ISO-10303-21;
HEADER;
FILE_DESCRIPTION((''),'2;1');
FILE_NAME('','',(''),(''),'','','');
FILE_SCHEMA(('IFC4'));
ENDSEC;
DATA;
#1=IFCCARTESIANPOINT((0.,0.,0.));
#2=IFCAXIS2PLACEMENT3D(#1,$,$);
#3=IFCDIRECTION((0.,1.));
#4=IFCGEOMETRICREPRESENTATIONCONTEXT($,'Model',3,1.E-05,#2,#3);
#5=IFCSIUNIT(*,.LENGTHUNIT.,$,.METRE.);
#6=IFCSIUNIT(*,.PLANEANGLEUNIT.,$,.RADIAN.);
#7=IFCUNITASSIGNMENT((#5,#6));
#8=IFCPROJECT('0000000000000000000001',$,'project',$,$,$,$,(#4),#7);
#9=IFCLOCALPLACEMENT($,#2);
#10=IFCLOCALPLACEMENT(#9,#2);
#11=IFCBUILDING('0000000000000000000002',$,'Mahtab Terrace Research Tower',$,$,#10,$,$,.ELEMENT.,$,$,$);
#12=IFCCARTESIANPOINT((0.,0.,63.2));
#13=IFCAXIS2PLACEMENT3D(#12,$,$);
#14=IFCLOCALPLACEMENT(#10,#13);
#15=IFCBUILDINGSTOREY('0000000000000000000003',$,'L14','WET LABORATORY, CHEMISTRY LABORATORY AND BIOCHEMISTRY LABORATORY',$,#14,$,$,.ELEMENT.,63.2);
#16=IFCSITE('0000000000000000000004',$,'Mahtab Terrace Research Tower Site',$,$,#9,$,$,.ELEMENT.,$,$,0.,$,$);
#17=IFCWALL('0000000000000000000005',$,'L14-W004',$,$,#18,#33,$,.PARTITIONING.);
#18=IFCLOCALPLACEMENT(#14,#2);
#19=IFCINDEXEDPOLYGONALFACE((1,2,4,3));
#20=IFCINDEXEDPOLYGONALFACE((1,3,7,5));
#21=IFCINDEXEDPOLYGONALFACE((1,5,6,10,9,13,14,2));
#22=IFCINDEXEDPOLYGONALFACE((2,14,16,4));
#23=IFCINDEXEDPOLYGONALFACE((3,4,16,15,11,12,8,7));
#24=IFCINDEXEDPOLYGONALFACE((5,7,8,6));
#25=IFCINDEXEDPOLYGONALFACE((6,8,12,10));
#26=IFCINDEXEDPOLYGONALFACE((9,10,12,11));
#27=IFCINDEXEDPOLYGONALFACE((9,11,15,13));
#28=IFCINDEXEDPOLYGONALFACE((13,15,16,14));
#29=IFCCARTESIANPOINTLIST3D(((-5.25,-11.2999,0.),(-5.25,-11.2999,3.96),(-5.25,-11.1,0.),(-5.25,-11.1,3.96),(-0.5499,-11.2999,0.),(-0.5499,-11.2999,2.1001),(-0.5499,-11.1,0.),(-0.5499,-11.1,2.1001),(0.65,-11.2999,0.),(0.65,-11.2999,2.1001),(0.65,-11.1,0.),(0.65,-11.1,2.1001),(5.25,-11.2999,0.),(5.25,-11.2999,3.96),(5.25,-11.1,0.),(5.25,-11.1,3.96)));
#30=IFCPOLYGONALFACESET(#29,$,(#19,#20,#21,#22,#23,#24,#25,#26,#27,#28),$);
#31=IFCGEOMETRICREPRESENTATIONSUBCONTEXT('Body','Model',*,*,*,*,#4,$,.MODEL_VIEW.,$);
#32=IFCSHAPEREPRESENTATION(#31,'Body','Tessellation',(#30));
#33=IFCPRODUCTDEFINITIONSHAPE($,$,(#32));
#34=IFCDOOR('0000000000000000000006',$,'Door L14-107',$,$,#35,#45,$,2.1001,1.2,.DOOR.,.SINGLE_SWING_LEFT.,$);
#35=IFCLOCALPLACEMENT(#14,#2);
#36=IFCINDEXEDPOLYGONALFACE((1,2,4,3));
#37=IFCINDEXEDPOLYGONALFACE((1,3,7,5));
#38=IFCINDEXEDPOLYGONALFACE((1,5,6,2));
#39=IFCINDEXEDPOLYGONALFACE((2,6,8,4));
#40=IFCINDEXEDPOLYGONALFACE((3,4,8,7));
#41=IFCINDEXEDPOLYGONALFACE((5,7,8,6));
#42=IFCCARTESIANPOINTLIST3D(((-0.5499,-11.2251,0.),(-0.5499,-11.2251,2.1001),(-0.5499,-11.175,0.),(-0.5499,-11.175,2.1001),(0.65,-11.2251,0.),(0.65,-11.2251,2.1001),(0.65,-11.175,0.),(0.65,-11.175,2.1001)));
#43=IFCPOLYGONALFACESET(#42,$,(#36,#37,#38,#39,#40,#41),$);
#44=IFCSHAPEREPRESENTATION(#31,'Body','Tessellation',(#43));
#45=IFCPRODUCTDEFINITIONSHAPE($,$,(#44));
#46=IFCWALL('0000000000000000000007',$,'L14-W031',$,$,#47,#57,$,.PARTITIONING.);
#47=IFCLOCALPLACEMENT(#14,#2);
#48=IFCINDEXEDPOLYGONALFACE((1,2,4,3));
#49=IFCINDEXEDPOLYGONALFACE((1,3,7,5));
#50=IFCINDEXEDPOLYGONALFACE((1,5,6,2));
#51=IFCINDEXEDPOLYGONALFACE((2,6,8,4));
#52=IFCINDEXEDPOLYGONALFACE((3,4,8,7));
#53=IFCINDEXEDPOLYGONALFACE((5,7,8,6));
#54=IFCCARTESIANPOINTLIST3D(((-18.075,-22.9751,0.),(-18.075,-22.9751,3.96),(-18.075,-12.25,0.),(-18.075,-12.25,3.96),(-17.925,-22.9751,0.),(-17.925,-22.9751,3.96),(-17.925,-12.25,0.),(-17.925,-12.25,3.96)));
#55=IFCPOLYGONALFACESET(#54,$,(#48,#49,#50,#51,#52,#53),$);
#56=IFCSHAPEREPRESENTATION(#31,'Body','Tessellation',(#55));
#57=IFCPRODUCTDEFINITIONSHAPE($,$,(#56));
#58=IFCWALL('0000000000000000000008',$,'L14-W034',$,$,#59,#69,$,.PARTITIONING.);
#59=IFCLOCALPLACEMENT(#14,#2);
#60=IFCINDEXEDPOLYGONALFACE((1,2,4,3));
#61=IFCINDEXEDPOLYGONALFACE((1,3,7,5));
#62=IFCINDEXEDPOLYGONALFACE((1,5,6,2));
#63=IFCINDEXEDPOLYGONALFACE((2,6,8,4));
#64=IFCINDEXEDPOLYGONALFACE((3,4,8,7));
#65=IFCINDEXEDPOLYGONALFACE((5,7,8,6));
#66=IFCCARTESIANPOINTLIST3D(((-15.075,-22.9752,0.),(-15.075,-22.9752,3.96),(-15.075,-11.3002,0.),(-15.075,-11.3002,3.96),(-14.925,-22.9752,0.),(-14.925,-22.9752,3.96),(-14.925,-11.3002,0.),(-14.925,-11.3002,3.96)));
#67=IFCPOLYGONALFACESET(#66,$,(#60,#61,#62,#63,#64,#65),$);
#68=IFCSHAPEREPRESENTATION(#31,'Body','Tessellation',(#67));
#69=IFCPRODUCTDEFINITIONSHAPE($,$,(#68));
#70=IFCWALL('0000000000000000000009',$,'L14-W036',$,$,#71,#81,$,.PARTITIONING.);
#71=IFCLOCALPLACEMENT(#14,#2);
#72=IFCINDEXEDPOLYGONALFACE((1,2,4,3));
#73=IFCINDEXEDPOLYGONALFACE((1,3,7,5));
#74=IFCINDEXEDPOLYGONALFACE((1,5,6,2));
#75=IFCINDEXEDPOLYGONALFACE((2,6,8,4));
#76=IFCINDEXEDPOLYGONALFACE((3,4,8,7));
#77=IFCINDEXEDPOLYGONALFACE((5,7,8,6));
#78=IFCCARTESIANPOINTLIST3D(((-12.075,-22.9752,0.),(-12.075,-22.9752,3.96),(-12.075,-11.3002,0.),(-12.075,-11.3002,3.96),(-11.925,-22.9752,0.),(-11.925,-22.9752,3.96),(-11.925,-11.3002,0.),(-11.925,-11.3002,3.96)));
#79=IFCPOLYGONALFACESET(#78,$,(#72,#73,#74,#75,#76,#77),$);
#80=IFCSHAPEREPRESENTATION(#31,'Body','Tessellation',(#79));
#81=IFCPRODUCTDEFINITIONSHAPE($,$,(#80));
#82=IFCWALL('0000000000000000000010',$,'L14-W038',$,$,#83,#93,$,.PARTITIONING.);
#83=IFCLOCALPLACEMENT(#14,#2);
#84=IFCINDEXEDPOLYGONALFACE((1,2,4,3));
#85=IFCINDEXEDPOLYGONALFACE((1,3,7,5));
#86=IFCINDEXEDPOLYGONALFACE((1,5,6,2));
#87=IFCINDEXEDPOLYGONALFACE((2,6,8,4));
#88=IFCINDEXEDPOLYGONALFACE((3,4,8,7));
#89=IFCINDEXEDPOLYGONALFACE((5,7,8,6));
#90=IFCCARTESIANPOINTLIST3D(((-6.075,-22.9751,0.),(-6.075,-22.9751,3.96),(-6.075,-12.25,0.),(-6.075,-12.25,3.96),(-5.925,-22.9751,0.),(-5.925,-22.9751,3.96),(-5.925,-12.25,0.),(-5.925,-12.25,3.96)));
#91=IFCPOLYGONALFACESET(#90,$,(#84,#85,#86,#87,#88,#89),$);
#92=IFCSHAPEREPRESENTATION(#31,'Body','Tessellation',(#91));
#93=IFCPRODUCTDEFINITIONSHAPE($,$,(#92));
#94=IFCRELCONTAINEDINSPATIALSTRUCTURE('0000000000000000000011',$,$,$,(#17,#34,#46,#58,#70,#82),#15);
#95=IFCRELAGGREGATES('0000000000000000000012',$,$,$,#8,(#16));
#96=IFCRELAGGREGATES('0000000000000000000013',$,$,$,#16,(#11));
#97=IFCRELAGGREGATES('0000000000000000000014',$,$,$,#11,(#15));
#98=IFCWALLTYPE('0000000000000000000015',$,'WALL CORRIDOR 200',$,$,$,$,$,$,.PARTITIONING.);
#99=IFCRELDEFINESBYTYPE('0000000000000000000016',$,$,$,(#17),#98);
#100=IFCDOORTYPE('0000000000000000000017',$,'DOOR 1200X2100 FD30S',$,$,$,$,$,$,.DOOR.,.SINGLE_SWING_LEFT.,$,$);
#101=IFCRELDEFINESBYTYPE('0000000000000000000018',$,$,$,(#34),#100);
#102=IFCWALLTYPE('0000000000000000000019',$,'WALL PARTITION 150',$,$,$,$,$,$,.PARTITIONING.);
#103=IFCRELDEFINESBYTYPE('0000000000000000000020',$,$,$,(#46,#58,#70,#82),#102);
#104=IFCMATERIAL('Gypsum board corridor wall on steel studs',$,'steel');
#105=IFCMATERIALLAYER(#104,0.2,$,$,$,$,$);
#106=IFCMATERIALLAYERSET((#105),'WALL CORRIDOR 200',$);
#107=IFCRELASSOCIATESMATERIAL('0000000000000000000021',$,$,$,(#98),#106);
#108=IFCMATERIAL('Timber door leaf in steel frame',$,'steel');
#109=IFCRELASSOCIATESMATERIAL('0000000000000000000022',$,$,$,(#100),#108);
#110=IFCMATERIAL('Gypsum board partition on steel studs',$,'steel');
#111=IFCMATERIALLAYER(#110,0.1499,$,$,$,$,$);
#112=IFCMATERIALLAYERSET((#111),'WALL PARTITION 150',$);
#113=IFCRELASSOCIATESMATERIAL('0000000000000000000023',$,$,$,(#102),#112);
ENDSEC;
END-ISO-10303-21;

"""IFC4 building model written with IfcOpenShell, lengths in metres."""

from ifc_helpers import new_model, si_unit, direction, frame, frame_2d, origin, place, context, subcontext, project, spatial, rectangle, extrude, material, layer, layer_set, type_object, element, fill, save


model = new_model("IFC4")

# Units and contexts
model_context = context("Model", 3, precision=1e-05, world=origin(), true_north=direction((0.0, 1.0)))
body_context = subcontext(model_context, "Body", "Model", "MODEL_VIEW")
ifc_project = project(units=[si_unit("LENGTHUNIT", "METRE"), si_unit("PLANEANGLEUNIT", "RADIAN")], contexts=[model_context])

# Site, building, storey
site_placement = place(None, origin())
site = spatial("IfcSite", under=ifc_project, at=site_placement, Name="Mahtab Terrace Research Tower Site", CompositionType="ELEMENT", RefElevation=0.0)
building_placement = place(site_placement, origin())
building = spatial("IfcBuilding", under=site, at=building_placement, Name="Mahtab Terrace Research Tower", CompositionType="ELEMENT")
storey_placement = place(building_placement, frame((0.0, 0.0, 63.2)))
storey = spatial("IfcBuildingStorey", under=building, at=storey_placement, Name="L14", Description="WET LABORATORY, CHEMISTRY LABORATORY AND BIOCHEMISTRY LABORATORY", CompositionType="ELEMENT", Elevation=63.2)

# Shared definitions
ifc_material_1 = material(Name="Timber door leaf in steel frame", Category="steel")

# Shared definitions
ifc_material_2 = material(Name="Gypsum board corridor wall on steel studs", Category="steel")
ifc_layer_1 = layer(ifc_material_2, 0.2)
ifc_layer_set_1 = layer_set([ifc_layer_1], Name="WALL CORRIDOR 200")
wall_type_1 = type_object("IfcWallType", Name="WALL CORRIDOR 200", PredefinedType="PARTITIONING", material=ifc_layer_set_1)
door_type_1 = type_object("IfcDoorType", Name="DOOR 1200X2100 FD30S", OperationType="SINGLE_SWING_LEFT", PredefinedType="DOOR", material=ifc_material_1)

# Wall, opening, door
wall_1_placement = place(storey_placement, frame((-5.25, -11.2, 0.0), z_axis=(0.0, 0.0, 1.0), x_axis=(1.0, 0.0, 0.0)))
wall_1 = element("IfcWall", 1, at=wall_1_placement, inside=storey, type_object=wall_type_1, Name="L14-W004", PredefinedType="PARTITIONING", context=body_context, shape_type="SweptSolid", body=[
    extrude(rectangle(XDim=10.5, YDim=0.2, at=frame_2d((5.25, 0.0))), origin(), (0.0, 0.0, 1.0), 3.96),
])
opening_1_placement = place(wall_1_placement, frame((4.7, 0.0, 0.0)))
opening_1 = element("IfcOpeningElement", 2, at=opening_1_placement, cuts=wall_1, PredefinedType="OPENING", context=body_context, shape_type="SweptSolid", body=[
    extrude(rectangle(XDim=1.2, YDim=2.1001, at=frame_2d((0.6001, 1.05))), frame((0.0, 0.1099, 0.0), z_axis=(0.0, -1.0, 0.0), x_axis=(1.0, 0.0, 0.0)), (0.0, 0.0, 1.0), 0.22),
])
door_1_placement = place(opening_1_placement, origin())
door_1 = element("IfcDoor", 3, at=door_1_placement, inside=storey, type_object=door_type_1, Name="Door L14-107", OperationType="SINGLE_SWING_LEFT", OverallHeight=2.1001, OverallWidth=1.2, PredefinedType="DOOR", context=body_context, shape_type="SweptSolid", body=[
    extrude(rectangle(XDim=1.2, YDim=2.1001, at=frame_2d((0.6001, 1.05))), frame((0.0, 0.0249, 0.0), z_axis=(0.0, -1.0, 0.0), x_axis=(1.0, 0.0, 0.0)), (0.0, 0.0, 1.0), 0.05),
])
fill(opening_1, door_1)

# Walls
ifc_material_3 = material(Name="Gypsum board partition on steel studs", Category="steel")
ifc_layer_2 = layer(ifc_material_3, 0.1499)
ifc_layer_set_2 = layer_set([ifc_layer_2], Name="WALL PARTITION 150")
wall_type_2 = type_object("IfcWallType", Name="WALL PARTITION 150", PredefinedType="PARTITIONING", material=ifc_layer_set_2)
wall_2_placement = place(storey_placement, frame((-18.0, -22.9751, 0.0), z_axis=(0.0, 0.0, 1.0), x_axis=(0.0, 1.0, 0.0)))
element("IfcWall", 4, at=wall_2_placement, inside=storey, type_object=wall_type_2, Name="L14-W031", PredefinedType="PARTITIONING", context=body_context, shape_type="SweptSolid", body=[
    extrude(rectangle(XDim=10.7251, YDim=0.1499, at=frame_2d((5.3625, 0.0))), origin(), (0.0, 0.0, 1.0), 3.96),
])
for number, where, z_axis, x_axis, name in (
    (5, (-15.0, -22.9751, 0.0), (0.0, 0.0, 1.0), (0.0, 1.0, 0.0), "L14-W034"),
    (6, (-12.0, -22.9751, 0.0), (0.0, 0.0, 1.0), (0.0, 1.0, 0.0), "L14-W036"),
):
    element("IfcWall", number, at=place(storey_placement, frame(where, z_axis=z_axis, x_axis=x_axis)), inside=storey, type_object=wall_type_2, Name=name, PredefinedType="PARTITIONING", context=body_context, shape_type="SweptSolid", body=[
        extrude(rectangle(XDim=11.675, YDim=0.1499, at=frame_2d((5.8374, 0.0))), origin(), (0.0, 0.0, 1.0), 3.96),
    ])
wall_3_placement = place(storey_placement, frame((-6.0, -22.9751, 0.0), z_axis=(0.0, 0.0, 1.0), x_axis=(0.0, 1.0, 0.0)))
element("IfcWall", 7, at=wall_3_placement, inside=storey, type_object=wall_type_2, Name="L14-W038", PredefinedType="PARTITIONING", context=body_context, shape_type="SweptSolid", body=[
    extrude(rectangle(XDim=10.7251, YDim=0.1499, at=frame_2d((5.3625, 0.0))), origin(), (0.0, 0.0, 1.0), 3.96),
])

save(model, "model.ifc")
